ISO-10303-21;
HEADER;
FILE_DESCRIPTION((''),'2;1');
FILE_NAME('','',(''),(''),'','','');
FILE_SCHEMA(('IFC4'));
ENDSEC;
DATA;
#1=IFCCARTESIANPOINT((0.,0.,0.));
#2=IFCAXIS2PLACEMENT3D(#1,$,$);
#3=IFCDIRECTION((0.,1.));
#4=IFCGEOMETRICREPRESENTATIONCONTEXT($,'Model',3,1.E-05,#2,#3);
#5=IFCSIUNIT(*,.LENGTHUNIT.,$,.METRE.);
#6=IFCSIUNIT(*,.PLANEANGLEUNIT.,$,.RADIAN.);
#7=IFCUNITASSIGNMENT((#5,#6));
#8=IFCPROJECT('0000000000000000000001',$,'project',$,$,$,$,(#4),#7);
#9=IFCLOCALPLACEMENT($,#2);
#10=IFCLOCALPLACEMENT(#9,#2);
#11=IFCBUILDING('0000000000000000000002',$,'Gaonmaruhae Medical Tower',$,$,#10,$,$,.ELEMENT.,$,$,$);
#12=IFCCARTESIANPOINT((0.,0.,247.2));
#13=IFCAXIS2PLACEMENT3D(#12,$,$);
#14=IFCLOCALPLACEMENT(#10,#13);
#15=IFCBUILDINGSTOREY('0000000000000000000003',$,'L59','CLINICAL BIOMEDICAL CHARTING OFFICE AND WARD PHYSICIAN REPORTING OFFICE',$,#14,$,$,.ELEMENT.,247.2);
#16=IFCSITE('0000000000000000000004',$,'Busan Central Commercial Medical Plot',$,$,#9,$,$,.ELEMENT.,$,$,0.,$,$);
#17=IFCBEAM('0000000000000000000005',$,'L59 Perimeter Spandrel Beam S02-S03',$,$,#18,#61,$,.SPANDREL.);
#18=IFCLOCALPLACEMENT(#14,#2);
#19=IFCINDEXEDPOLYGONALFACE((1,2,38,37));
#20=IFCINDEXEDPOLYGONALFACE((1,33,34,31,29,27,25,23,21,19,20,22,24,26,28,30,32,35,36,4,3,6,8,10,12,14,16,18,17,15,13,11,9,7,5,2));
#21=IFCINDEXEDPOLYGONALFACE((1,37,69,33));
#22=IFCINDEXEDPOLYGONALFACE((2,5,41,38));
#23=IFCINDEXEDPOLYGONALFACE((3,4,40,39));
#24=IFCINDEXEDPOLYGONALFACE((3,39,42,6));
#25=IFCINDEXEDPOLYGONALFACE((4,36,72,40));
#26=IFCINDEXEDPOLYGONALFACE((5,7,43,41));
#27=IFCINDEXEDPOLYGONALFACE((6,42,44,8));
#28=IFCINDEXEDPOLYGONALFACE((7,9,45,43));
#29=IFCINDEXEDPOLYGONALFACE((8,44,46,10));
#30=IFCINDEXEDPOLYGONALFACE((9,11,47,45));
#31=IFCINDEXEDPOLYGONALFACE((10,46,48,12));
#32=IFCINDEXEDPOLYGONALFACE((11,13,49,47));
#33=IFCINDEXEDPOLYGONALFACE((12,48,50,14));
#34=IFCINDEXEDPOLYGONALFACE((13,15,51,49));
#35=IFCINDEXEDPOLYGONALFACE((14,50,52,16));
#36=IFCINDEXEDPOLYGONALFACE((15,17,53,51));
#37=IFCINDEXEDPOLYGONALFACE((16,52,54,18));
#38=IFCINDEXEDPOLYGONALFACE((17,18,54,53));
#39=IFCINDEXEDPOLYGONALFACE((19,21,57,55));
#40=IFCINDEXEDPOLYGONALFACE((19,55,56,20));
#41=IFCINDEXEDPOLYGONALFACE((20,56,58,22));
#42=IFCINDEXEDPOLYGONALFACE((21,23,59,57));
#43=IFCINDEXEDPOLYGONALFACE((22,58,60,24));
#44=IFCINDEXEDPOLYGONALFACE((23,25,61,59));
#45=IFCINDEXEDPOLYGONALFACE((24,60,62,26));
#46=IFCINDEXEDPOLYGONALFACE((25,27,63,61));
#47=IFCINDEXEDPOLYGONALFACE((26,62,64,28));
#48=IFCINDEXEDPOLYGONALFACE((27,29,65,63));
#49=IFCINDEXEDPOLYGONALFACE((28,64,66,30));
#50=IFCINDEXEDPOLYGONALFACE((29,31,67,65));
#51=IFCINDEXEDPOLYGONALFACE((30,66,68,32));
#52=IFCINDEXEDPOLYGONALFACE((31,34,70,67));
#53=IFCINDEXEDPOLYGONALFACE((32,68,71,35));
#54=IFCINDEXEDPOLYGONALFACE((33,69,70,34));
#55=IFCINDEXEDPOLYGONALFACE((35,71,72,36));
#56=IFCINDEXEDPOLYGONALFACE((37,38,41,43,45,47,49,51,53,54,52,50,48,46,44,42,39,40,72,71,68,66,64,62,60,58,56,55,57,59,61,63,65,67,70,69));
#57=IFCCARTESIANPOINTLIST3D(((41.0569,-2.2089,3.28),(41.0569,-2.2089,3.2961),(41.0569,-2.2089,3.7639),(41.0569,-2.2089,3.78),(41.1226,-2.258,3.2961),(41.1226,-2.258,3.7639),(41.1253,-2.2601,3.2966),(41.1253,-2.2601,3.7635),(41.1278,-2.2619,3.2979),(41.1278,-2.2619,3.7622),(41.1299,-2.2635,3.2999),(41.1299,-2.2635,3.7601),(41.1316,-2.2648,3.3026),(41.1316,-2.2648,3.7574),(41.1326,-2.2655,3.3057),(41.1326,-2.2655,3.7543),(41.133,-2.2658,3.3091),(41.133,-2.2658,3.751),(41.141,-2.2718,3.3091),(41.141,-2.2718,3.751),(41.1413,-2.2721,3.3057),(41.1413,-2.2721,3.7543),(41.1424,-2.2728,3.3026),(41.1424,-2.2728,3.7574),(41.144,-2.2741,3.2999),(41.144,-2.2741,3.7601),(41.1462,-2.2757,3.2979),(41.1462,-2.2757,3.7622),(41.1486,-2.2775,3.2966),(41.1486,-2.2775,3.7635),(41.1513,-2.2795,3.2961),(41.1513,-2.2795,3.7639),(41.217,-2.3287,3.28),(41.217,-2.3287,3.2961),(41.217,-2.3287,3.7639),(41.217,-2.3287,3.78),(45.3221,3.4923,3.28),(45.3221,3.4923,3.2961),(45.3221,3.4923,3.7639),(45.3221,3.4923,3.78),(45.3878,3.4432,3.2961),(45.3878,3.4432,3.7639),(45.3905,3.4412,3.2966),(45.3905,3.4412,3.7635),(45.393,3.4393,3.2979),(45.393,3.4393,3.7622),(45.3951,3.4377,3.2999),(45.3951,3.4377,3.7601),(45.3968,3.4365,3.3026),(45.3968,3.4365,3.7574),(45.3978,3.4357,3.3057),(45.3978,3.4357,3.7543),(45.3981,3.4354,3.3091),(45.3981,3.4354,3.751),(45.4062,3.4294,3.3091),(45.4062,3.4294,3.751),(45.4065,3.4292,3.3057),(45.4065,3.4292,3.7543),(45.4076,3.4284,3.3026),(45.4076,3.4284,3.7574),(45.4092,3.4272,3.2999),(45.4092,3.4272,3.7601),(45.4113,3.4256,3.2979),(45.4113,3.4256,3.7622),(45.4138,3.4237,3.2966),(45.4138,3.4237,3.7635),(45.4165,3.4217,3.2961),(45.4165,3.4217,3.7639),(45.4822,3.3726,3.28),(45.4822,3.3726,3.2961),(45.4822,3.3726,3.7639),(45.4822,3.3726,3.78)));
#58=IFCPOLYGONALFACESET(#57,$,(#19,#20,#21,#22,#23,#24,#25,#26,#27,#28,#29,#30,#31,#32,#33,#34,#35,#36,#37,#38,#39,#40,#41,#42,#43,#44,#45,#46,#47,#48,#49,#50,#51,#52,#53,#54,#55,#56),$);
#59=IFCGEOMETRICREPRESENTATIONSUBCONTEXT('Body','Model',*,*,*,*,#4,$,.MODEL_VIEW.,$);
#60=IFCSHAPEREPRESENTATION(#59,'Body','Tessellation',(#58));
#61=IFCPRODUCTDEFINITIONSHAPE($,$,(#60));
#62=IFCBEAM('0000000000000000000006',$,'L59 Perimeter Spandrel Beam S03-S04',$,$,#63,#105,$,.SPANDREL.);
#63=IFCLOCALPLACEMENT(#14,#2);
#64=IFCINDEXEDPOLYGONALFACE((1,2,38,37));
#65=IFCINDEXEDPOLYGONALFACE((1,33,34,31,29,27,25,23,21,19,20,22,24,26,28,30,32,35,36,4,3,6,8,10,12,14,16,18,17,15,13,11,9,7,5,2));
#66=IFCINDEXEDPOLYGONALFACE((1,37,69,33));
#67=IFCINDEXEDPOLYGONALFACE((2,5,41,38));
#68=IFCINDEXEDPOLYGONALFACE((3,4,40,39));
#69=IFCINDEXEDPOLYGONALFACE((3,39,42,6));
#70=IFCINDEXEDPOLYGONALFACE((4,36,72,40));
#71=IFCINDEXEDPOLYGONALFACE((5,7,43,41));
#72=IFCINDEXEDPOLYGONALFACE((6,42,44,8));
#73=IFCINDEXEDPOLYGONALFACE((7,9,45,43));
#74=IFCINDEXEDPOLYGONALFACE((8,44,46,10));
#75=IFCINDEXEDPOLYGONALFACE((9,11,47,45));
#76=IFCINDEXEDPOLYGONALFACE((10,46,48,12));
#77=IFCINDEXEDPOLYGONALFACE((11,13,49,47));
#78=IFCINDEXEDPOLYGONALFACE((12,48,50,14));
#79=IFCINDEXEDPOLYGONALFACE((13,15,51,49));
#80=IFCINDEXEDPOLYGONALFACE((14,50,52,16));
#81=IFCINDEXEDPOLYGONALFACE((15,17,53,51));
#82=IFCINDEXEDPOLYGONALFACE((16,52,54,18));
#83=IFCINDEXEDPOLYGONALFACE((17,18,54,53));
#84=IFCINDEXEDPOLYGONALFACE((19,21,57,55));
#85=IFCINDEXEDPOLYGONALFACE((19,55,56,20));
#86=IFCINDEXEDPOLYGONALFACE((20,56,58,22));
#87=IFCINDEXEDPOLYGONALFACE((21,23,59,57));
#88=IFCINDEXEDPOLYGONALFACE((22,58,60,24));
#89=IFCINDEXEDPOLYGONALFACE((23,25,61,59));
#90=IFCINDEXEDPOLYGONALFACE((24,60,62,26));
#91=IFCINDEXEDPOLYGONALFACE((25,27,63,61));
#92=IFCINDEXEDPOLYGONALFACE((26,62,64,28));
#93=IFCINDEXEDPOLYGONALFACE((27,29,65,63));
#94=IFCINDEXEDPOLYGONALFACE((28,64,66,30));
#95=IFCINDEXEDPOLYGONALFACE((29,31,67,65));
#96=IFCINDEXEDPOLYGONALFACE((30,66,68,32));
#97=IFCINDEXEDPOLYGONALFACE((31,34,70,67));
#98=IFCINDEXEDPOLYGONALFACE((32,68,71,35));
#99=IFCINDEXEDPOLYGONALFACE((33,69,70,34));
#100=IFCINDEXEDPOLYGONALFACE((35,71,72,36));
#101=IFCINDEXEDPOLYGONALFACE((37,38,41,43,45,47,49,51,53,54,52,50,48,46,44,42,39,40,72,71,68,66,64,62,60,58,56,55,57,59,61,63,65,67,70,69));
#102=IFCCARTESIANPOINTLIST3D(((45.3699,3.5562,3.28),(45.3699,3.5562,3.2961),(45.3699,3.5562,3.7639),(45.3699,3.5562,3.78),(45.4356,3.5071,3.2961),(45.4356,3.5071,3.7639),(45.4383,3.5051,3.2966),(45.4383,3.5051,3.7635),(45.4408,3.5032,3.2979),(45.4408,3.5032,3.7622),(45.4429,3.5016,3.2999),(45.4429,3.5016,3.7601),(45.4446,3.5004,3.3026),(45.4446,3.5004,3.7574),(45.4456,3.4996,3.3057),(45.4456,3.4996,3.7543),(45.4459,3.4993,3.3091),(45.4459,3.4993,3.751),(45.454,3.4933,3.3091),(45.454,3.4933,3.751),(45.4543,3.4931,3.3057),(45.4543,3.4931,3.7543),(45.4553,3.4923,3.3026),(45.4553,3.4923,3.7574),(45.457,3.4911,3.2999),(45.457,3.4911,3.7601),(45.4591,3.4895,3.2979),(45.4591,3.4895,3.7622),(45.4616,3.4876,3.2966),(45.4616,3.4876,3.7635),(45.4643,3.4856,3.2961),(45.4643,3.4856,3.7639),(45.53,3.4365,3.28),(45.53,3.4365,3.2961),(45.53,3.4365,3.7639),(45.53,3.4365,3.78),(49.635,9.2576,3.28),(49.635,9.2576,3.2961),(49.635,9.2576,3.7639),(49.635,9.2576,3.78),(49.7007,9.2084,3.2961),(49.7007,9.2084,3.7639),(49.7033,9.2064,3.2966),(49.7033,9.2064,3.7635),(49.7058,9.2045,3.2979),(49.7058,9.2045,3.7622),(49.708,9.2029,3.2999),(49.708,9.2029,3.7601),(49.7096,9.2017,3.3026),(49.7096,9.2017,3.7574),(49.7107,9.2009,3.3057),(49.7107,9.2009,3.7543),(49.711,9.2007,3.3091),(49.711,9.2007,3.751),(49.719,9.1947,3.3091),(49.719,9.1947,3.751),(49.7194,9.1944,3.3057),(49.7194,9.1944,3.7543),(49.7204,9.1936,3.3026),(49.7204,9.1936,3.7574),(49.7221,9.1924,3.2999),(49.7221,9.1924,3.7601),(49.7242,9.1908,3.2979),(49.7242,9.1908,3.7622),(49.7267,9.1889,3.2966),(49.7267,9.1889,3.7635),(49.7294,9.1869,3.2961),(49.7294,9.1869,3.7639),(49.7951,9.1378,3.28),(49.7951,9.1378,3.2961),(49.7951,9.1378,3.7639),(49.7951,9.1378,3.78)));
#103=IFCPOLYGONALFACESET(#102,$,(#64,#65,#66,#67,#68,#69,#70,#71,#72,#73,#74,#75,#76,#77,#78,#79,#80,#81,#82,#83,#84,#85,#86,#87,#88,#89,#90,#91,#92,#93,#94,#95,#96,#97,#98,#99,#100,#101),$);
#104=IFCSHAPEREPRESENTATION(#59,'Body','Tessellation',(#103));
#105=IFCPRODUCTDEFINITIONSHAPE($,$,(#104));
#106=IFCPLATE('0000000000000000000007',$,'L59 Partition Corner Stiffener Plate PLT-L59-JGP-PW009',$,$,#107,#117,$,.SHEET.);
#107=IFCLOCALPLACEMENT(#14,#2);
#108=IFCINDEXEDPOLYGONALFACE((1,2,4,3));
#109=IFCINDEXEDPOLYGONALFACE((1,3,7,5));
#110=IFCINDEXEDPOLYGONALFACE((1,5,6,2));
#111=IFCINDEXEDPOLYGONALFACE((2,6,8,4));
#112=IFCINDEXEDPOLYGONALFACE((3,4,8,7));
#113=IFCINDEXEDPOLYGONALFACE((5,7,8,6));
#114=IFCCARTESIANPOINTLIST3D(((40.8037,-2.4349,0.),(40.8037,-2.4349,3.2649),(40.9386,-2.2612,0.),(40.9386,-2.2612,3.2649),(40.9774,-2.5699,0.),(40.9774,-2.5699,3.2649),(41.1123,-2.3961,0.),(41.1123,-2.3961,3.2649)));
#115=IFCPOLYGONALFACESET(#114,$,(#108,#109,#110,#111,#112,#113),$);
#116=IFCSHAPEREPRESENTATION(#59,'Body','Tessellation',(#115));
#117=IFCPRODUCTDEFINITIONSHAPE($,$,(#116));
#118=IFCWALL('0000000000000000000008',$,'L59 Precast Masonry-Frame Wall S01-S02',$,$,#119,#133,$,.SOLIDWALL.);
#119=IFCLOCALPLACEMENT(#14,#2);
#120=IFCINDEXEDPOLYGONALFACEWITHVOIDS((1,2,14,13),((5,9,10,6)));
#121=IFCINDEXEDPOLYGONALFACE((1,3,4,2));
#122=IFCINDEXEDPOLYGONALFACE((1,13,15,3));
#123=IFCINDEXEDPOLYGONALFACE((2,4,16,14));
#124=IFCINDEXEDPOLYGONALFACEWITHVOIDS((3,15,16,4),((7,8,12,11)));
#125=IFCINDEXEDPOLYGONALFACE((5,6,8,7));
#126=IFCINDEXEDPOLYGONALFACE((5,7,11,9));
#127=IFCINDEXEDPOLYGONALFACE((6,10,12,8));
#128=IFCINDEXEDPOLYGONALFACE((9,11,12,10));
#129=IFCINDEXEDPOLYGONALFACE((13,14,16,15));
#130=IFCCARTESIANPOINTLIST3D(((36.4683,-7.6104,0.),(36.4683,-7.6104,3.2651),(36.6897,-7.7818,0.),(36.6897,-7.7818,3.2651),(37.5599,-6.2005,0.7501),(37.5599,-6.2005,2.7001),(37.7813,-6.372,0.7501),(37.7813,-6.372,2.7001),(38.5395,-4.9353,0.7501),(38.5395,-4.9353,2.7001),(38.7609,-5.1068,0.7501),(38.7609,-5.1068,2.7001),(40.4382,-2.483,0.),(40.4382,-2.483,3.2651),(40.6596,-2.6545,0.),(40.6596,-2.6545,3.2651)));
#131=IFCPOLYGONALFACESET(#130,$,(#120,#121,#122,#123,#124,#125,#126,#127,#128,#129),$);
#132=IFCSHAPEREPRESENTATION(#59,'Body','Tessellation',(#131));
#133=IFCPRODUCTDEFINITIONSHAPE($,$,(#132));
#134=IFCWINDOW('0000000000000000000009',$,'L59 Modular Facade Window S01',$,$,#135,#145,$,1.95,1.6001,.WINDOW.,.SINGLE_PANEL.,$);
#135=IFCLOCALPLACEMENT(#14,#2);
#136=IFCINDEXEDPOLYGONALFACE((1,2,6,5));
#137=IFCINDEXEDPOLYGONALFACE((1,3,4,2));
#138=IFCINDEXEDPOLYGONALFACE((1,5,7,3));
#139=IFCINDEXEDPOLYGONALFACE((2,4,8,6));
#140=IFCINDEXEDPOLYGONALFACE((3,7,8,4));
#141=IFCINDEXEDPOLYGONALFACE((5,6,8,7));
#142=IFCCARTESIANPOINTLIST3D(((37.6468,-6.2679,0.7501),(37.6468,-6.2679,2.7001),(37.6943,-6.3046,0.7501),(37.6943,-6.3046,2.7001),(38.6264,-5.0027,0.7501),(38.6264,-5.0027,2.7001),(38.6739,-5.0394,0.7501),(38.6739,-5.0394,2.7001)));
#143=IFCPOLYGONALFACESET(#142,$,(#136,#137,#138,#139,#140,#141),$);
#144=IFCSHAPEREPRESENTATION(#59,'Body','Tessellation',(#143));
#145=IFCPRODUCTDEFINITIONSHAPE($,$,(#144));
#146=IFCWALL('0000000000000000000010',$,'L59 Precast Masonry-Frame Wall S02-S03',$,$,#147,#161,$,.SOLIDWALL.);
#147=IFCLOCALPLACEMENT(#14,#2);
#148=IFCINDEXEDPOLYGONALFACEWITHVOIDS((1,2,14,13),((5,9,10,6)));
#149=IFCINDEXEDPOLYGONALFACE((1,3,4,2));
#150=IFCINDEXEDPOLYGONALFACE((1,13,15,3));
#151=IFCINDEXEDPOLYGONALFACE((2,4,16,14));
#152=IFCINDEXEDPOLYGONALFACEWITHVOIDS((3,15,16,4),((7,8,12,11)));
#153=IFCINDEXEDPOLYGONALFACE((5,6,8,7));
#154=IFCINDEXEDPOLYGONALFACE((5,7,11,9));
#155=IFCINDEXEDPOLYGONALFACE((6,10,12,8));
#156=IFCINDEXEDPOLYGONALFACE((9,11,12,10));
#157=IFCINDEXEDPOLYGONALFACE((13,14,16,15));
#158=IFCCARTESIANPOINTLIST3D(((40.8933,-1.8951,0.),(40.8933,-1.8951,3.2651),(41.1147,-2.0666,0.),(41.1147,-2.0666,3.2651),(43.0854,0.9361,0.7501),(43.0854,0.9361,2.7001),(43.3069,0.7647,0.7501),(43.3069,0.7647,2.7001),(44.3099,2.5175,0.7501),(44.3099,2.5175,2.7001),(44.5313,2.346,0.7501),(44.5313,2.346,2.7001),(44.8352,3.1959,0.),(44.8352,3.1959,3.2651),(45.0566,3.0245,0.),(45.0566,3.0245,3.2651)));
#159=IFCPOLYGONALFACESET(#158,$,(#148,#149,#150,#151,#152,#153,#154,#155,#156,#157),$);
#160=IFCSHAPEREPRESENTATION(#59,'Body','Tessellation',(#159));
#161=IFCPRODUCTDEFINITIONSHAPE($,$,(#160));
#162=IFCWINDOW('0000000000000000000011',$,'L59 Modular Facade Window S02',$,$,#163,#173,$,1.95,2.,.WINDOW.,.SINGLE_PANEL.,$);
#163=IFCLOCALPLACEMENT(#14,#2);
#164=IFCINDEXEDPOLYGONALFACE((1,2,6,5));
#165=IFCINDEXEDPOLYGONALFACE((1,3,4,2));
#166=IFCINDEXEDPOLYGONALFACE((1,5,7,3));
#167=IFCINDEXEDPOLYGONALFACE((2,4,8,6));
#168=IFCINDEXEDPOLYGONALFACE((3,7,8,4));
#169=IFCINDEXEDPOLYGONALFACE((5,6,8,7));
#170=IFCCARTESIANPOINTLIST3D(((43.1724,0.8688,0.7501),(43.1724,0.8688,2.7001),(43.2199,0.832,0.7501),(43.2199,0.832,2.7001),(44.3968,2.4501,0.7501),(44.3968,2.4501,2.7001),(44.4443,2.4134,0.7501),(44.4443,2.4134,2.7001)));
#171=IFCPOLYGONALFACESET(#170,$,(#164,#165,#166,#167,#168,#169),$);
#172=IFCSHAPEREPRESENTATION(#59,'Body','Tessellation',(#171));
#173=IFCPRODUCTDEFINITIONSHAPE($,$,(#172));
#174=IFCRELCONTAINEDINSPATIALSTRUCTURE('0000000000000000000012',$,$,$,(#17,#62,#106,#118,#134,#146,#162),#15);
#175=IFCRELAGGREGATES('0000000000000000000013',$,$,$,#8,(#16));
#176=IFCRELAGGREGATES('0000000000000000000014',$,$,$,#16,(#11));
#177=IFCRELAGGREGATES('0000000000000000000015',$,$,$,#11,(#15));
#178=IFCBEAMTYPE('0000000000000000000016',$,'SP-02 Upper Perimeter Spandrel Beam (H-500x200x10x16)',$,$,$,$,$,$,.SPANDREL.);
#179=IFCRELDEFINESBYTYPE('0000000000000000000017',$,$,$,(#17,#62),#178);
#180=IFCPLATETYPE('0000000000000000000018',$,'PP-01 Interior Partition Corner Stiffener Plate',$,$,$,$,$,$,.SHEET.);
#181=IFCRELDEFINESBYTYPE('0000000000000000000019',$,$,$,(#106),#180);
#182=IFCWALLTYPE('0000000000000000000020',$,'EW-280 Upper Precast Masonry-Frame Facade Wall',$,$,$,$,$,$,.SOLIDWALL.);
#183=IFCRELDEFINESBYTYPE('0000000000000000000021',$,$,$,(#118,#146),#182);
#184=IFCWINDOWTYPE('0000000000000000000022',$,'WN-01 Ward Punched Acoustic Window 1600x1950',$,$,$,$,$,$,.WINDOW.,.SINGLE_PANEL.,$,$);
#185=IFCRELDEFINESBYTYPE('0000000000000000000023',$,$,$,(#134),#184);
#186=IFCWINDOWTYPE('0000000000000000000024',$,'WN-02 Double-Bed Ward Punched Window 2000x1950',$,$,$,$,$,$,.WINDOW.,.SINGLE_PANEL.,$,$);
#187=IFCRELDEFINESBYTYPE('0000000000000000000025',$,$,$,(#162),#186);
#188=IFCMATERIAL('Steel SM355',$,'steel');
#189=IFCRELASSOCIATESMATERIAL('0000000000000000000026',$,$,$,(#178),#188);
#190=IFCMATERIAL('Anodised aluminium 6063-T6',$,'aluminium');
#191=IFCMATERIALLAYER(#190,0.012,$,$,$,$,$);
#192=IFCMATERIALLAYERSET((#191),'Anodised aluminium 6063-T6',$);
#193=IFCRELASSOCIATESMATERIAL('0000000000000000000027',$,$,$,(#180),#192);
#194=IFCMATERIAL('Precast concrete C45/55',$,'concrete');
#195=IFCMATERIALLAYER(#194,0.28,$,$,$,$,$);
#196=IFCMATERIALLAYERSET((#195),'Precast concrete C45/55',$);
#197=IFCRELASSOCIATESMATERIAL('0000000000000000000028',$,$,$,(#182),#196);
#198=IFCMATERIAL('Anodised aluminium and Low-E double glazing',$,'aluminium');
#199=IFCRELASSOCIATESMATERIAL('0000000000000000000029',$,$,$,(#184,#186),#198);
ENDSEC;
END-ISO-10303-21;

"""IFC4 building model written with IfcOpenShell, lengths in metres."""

from ifc_helpers import new_model, si_unit, direction, frame, frame_2d, origin, origin_2d, place, context, subcontext, project, spatial, rectangle, i_section, extrude, material, layer, layer_set, material_profile, profile_set, type_object, element, fill, save


model = new_model("IFC4")

# Units and contexts
model_context = context("Model", 3, precision=1e-05, world=origin(), true_north=direction((0.0, 1.0)))
body_context = subcontext(model_context, "Body", "Model", "MODEL_VIEW")
ifc_project = project(units=[si_unit("LENGTHUNIT", "METRE"), si_unit("PLANEANGLEUNIT", "RADIAN")], contexts=[model_context])

# Site, building, storey
site_placement = place(None, origin())
site = spatial("IfcSite", under=ifc_project, at=site_placement, Name="Busan Central Commercial Medical Plot", CompositionType="ELEMENT", RefElevation=0.0)
building_placement = place(site_placement, origin())
building = spatial("IfcBuilding", under=site, at=building_placement, Name="Gaonmaruhae Medical Tower", CompositionType="ELEMENT")
storey_placement = place(building_placement, frame((0.0, 0.0, 247.2)))
storey = spatial("IfcBuildingStorey", under=building, at=storey_placement, Name="L59", Description="CLINICAL BIOMEDICAL CHARTING OFFICE AND WARD PHYSICIAN REPORTING OFFICE", CompositionType="ELEMENT", Elevation=247.2)

# Beams
ifc_material_1 = material(Name="Steel SM355", Category="steel")
ifc_material_profile_1 = material_profile(ifc_material_1, i_section(OverallWidth=0.2, OverallDepth=0.5, WebThickness=0.01, FlangeThickness=0.0161, FilletRadius=0.0129, at=origin_2d()), Name="H-500x200x10x16")
ifc_profile_set_1 = profile_set([ifc_material_profile_1], Name="Steel SM355")
beam_type_1 = type_object("IfcBeamType", Name="SP-02 Upper Perimeter Spandrel Beam (H-500x200x10x16)", PredefinedType="SPANDREL", material=ifc_profile_set_1)
for number, where, z_axis, x_axis, name in (
    (1, (41.137, -2.2688, 3.53), (0.599034, 0.800724, 0.0), (-0.800724, 0.599034, 0.0), "L59 Perimeter Spandrel Beam S02-S03"),
    (2, (45.45, 3.4963, 3.53), (0.599018, 0.800736, 0.0), (-0.800736, 0.599018, 0.0), "L59 Perimeter Spandrel Beam S03-S04"),
):
    element("IfcBeam", number, at=place(storey_placement, frame(where, z_axis=z_axis, x_axis=x_axis)), inside=storey, type_object=beam_type_1, Name=name, PredefinedType="SPANDREL", context=body_context, shape_type="SweptSolid", body=[
        extrude(i_section(OverallWidth=0.2, OverallDepth=0.5, WebThickness=0.01, FlangeThickness=0.0161, FilletRadius=0.0129, at=origin_2d()), origin(), (0.0, 0.0, 1.0), 7.1201),
    ])

# Plate
ifc_material_2 = material(Name="Anodised aluminium 6063-T6", Category="aluminium")
ifc_layer_1 = layer(ifc_material_2, 0.012)
ifc_layer_set_1 = layer_set([ifc_layer_1], Name="Anodised aluminium 6063-T6")
plate_type = type_object("IfcPlateType", Name="PP-01 Interior Partition Corner Stiffener Plate", PredefinedType="SHEET", material=ifc_layer_set_1)
plate_placement = place(storey_placement, frame((40.958, -2.4155, 0.0), z_axis=(0.0, 0.0, 1.0), x_axis=(-0.613472, -0.789716, 0.0)))
element("IfcPlate", 3, at=plate_placement, inside=storey, type_object=plate_type, Name="L59 Partition Corner Stiffener Plate PLT-L59-JGP-PW009", PredefinedType="SHEET", context=body_context, shape_type="SweptSolid", body=[
    extrude(rectangle(XDim=0.22, YDim=0.22, at=origin_2d()), origin(), (0.0, 0.0, 1.0), 3.2649),
])

# Walls, openings, windows
ifc_material_3 = material(Name="Precast concrete C45/55", Category="concrete")
ifc_layer_2 = layer(ifc_material_3, 0.28)
ifc_layer_set_2 = layer_set([ifc_layer_2], Name="Precast concrete C45/55")
wall_type_1 = type_object("IfcWallType", Name="EW-280 Upper Precast Masonry-Frame Facade Wall", PredefinedType="SOLIDWALL", material=ifc_layer_set_2)
wall_1_placement = place(storey_placement, frame((40.5488, -2.5688, 0.0), z_axis=(0.0, 0.0, 1.0), x_axis=(-0.612206, -0.790698, 0.0)))
wall_1 = element("IfcWall", 4, at=wall_1_placement, inside=storey, type_object=wall_type_1, Name="L59 Precast Masonry-Frame Wall S01-S02", PredefinedType="SOLIDWALL", context=body_context, shape_type="SweptSolid", body=[
    extrude(rectangle(XDim=6.4846, YDim=0.28, at=frame_2d((3.2422, 0.0))), origin(), (0.0, 0.0, 1.0), 3.2651),
])
opening_1_placement = place(wall_1_placement, frame((3.1013, 0.0, 0.75)))
opening_1 = element("IfcOpeningElement", 5, at=opening_1_placement, cuts=wall_1, PredefinedType="OPENING", context=body_context, shape_type="SweptSolid", body=[
    extrude(rectangle(XDim=1.6001, YDim=1.95, at=frame_2d((0.8, 0.9751))), frame((0.0, 0.1499, 0.0), z_axis=(0.0, -1.0, 0.0), x_axis=(1.0, 0.0, 0.0)), (0.0, 0.0, 1.0), 0.3),
])
ifc_material_4 = material(Name="Anodised aluminium and Low-E double glazing", Category="aluminium")
window_type_1 = type_object("IfcWindowType", Name="WN-01 Ward Punched Acoustic Window 1600x1950", PartitioningType="SINGLE_PANEL", PredefinedType="WINDOW", material=ifc_material_4)
window_1_placement = place(opening_1_placement, origin())
window_1 = element("IfcWindow", 6, at=window_1_placement, inside=storey, type_object=window_type_1, Name="L59 Modular Facade Window S01", OverallHeight=1.95, OverallWidth=1.6001, PartitioningType="SINGLE_PANEL", PredefinedType="WINDOW", context=body_context, shape_type="SweptSolid", body=[
    extrude(rectangle(XDim=1.6001, YDim=1.95, at=frame_2d((0.8, 0.9751))), frame((0.0, 0.03, 0.0), z_axis=(0.0, -1.0, 0.0), x_axis=(1.0, 0.0, 0.0)), (0.0, 0.0, 1.0), 0.0601),
])
fill(opening_1, window_1)
wall_2_placement = place(storey_placement, frame((44.9458, 3.1101, 0.0), z_axis=(0.0, 0.0, 1.0), x_axis=(-0.612214, -0.790692, 0.0)))
wall_2 = element("IfcWall", 7, at=wall_2_placement, inside=storey, type_object=wall_type_1, Name="L59 Precast Masonry-Frame Wall S02-S03", PredefinedType="SOLIDWALL", context=body_context, shape_type="SweptSolid", body=[
    extrude(rectangle(XDim=6.4387, YDim=0.28, at=frame_2d((3.2192, 0.0))), origin(), (0.0, 0.0, 1.0), 3.2651),
])
opening_2_placement = place(wall_2_placement, frame((0.8579, 0.0, 0.75)))
opening_2 = element("IfcOpeningElement", 8, at=opening_2_placement, cuts=wall_2, PredefinedType="OPENING", context=body_context, shape_type="SweptSolid", body=[
    extrude(rectangle(XDim=2.0, YDim=1.95, at=frame_2d((1.0, 0.9751))), frame((0.0, 0.1499, 0.0), z_axis=(0.0, -1.0, 0.0), x_axis=(1.0, 0.0, 0.0)), (0.0, 0.0, 1.0), 0.3),
])
window_type_2 = type_object("IfcWindowType", Name="WN-02 Double-Bed Ward Punched Window 2000x1950", PartitioningType="SINGLE_PANEL", PredefinedType="WINDOW", material=ifc_material_4)
window_2_placement = place(opening_2_placement, origin())
window_2 = element("IfcWindow", 9, at=window_2_placement, inside=storey, type_object=window_type_2, Name="L59 Modular Facade Window S02", OverallHeight=1.95, OverallWidth=2.0, PartitioningType="SINGLE_PANEL", PredefinedType="WINDOW", context=body_context, shape_type="SweptSolid", body=[
    extrude(rectangle(XDim=2.0, YDim=1.95, at=frame_2d((1.0, 0.9751))), frame((0.0, 0.03, 0.0), z_axis=(0.0, -1.0, 0.0), x_axis=(1.0, 0.0, 0.0)), (0.0, 0.0, 1.0), 0.0601),
])
fill(opening_2, window_2)

save(model, "model.ifc")
